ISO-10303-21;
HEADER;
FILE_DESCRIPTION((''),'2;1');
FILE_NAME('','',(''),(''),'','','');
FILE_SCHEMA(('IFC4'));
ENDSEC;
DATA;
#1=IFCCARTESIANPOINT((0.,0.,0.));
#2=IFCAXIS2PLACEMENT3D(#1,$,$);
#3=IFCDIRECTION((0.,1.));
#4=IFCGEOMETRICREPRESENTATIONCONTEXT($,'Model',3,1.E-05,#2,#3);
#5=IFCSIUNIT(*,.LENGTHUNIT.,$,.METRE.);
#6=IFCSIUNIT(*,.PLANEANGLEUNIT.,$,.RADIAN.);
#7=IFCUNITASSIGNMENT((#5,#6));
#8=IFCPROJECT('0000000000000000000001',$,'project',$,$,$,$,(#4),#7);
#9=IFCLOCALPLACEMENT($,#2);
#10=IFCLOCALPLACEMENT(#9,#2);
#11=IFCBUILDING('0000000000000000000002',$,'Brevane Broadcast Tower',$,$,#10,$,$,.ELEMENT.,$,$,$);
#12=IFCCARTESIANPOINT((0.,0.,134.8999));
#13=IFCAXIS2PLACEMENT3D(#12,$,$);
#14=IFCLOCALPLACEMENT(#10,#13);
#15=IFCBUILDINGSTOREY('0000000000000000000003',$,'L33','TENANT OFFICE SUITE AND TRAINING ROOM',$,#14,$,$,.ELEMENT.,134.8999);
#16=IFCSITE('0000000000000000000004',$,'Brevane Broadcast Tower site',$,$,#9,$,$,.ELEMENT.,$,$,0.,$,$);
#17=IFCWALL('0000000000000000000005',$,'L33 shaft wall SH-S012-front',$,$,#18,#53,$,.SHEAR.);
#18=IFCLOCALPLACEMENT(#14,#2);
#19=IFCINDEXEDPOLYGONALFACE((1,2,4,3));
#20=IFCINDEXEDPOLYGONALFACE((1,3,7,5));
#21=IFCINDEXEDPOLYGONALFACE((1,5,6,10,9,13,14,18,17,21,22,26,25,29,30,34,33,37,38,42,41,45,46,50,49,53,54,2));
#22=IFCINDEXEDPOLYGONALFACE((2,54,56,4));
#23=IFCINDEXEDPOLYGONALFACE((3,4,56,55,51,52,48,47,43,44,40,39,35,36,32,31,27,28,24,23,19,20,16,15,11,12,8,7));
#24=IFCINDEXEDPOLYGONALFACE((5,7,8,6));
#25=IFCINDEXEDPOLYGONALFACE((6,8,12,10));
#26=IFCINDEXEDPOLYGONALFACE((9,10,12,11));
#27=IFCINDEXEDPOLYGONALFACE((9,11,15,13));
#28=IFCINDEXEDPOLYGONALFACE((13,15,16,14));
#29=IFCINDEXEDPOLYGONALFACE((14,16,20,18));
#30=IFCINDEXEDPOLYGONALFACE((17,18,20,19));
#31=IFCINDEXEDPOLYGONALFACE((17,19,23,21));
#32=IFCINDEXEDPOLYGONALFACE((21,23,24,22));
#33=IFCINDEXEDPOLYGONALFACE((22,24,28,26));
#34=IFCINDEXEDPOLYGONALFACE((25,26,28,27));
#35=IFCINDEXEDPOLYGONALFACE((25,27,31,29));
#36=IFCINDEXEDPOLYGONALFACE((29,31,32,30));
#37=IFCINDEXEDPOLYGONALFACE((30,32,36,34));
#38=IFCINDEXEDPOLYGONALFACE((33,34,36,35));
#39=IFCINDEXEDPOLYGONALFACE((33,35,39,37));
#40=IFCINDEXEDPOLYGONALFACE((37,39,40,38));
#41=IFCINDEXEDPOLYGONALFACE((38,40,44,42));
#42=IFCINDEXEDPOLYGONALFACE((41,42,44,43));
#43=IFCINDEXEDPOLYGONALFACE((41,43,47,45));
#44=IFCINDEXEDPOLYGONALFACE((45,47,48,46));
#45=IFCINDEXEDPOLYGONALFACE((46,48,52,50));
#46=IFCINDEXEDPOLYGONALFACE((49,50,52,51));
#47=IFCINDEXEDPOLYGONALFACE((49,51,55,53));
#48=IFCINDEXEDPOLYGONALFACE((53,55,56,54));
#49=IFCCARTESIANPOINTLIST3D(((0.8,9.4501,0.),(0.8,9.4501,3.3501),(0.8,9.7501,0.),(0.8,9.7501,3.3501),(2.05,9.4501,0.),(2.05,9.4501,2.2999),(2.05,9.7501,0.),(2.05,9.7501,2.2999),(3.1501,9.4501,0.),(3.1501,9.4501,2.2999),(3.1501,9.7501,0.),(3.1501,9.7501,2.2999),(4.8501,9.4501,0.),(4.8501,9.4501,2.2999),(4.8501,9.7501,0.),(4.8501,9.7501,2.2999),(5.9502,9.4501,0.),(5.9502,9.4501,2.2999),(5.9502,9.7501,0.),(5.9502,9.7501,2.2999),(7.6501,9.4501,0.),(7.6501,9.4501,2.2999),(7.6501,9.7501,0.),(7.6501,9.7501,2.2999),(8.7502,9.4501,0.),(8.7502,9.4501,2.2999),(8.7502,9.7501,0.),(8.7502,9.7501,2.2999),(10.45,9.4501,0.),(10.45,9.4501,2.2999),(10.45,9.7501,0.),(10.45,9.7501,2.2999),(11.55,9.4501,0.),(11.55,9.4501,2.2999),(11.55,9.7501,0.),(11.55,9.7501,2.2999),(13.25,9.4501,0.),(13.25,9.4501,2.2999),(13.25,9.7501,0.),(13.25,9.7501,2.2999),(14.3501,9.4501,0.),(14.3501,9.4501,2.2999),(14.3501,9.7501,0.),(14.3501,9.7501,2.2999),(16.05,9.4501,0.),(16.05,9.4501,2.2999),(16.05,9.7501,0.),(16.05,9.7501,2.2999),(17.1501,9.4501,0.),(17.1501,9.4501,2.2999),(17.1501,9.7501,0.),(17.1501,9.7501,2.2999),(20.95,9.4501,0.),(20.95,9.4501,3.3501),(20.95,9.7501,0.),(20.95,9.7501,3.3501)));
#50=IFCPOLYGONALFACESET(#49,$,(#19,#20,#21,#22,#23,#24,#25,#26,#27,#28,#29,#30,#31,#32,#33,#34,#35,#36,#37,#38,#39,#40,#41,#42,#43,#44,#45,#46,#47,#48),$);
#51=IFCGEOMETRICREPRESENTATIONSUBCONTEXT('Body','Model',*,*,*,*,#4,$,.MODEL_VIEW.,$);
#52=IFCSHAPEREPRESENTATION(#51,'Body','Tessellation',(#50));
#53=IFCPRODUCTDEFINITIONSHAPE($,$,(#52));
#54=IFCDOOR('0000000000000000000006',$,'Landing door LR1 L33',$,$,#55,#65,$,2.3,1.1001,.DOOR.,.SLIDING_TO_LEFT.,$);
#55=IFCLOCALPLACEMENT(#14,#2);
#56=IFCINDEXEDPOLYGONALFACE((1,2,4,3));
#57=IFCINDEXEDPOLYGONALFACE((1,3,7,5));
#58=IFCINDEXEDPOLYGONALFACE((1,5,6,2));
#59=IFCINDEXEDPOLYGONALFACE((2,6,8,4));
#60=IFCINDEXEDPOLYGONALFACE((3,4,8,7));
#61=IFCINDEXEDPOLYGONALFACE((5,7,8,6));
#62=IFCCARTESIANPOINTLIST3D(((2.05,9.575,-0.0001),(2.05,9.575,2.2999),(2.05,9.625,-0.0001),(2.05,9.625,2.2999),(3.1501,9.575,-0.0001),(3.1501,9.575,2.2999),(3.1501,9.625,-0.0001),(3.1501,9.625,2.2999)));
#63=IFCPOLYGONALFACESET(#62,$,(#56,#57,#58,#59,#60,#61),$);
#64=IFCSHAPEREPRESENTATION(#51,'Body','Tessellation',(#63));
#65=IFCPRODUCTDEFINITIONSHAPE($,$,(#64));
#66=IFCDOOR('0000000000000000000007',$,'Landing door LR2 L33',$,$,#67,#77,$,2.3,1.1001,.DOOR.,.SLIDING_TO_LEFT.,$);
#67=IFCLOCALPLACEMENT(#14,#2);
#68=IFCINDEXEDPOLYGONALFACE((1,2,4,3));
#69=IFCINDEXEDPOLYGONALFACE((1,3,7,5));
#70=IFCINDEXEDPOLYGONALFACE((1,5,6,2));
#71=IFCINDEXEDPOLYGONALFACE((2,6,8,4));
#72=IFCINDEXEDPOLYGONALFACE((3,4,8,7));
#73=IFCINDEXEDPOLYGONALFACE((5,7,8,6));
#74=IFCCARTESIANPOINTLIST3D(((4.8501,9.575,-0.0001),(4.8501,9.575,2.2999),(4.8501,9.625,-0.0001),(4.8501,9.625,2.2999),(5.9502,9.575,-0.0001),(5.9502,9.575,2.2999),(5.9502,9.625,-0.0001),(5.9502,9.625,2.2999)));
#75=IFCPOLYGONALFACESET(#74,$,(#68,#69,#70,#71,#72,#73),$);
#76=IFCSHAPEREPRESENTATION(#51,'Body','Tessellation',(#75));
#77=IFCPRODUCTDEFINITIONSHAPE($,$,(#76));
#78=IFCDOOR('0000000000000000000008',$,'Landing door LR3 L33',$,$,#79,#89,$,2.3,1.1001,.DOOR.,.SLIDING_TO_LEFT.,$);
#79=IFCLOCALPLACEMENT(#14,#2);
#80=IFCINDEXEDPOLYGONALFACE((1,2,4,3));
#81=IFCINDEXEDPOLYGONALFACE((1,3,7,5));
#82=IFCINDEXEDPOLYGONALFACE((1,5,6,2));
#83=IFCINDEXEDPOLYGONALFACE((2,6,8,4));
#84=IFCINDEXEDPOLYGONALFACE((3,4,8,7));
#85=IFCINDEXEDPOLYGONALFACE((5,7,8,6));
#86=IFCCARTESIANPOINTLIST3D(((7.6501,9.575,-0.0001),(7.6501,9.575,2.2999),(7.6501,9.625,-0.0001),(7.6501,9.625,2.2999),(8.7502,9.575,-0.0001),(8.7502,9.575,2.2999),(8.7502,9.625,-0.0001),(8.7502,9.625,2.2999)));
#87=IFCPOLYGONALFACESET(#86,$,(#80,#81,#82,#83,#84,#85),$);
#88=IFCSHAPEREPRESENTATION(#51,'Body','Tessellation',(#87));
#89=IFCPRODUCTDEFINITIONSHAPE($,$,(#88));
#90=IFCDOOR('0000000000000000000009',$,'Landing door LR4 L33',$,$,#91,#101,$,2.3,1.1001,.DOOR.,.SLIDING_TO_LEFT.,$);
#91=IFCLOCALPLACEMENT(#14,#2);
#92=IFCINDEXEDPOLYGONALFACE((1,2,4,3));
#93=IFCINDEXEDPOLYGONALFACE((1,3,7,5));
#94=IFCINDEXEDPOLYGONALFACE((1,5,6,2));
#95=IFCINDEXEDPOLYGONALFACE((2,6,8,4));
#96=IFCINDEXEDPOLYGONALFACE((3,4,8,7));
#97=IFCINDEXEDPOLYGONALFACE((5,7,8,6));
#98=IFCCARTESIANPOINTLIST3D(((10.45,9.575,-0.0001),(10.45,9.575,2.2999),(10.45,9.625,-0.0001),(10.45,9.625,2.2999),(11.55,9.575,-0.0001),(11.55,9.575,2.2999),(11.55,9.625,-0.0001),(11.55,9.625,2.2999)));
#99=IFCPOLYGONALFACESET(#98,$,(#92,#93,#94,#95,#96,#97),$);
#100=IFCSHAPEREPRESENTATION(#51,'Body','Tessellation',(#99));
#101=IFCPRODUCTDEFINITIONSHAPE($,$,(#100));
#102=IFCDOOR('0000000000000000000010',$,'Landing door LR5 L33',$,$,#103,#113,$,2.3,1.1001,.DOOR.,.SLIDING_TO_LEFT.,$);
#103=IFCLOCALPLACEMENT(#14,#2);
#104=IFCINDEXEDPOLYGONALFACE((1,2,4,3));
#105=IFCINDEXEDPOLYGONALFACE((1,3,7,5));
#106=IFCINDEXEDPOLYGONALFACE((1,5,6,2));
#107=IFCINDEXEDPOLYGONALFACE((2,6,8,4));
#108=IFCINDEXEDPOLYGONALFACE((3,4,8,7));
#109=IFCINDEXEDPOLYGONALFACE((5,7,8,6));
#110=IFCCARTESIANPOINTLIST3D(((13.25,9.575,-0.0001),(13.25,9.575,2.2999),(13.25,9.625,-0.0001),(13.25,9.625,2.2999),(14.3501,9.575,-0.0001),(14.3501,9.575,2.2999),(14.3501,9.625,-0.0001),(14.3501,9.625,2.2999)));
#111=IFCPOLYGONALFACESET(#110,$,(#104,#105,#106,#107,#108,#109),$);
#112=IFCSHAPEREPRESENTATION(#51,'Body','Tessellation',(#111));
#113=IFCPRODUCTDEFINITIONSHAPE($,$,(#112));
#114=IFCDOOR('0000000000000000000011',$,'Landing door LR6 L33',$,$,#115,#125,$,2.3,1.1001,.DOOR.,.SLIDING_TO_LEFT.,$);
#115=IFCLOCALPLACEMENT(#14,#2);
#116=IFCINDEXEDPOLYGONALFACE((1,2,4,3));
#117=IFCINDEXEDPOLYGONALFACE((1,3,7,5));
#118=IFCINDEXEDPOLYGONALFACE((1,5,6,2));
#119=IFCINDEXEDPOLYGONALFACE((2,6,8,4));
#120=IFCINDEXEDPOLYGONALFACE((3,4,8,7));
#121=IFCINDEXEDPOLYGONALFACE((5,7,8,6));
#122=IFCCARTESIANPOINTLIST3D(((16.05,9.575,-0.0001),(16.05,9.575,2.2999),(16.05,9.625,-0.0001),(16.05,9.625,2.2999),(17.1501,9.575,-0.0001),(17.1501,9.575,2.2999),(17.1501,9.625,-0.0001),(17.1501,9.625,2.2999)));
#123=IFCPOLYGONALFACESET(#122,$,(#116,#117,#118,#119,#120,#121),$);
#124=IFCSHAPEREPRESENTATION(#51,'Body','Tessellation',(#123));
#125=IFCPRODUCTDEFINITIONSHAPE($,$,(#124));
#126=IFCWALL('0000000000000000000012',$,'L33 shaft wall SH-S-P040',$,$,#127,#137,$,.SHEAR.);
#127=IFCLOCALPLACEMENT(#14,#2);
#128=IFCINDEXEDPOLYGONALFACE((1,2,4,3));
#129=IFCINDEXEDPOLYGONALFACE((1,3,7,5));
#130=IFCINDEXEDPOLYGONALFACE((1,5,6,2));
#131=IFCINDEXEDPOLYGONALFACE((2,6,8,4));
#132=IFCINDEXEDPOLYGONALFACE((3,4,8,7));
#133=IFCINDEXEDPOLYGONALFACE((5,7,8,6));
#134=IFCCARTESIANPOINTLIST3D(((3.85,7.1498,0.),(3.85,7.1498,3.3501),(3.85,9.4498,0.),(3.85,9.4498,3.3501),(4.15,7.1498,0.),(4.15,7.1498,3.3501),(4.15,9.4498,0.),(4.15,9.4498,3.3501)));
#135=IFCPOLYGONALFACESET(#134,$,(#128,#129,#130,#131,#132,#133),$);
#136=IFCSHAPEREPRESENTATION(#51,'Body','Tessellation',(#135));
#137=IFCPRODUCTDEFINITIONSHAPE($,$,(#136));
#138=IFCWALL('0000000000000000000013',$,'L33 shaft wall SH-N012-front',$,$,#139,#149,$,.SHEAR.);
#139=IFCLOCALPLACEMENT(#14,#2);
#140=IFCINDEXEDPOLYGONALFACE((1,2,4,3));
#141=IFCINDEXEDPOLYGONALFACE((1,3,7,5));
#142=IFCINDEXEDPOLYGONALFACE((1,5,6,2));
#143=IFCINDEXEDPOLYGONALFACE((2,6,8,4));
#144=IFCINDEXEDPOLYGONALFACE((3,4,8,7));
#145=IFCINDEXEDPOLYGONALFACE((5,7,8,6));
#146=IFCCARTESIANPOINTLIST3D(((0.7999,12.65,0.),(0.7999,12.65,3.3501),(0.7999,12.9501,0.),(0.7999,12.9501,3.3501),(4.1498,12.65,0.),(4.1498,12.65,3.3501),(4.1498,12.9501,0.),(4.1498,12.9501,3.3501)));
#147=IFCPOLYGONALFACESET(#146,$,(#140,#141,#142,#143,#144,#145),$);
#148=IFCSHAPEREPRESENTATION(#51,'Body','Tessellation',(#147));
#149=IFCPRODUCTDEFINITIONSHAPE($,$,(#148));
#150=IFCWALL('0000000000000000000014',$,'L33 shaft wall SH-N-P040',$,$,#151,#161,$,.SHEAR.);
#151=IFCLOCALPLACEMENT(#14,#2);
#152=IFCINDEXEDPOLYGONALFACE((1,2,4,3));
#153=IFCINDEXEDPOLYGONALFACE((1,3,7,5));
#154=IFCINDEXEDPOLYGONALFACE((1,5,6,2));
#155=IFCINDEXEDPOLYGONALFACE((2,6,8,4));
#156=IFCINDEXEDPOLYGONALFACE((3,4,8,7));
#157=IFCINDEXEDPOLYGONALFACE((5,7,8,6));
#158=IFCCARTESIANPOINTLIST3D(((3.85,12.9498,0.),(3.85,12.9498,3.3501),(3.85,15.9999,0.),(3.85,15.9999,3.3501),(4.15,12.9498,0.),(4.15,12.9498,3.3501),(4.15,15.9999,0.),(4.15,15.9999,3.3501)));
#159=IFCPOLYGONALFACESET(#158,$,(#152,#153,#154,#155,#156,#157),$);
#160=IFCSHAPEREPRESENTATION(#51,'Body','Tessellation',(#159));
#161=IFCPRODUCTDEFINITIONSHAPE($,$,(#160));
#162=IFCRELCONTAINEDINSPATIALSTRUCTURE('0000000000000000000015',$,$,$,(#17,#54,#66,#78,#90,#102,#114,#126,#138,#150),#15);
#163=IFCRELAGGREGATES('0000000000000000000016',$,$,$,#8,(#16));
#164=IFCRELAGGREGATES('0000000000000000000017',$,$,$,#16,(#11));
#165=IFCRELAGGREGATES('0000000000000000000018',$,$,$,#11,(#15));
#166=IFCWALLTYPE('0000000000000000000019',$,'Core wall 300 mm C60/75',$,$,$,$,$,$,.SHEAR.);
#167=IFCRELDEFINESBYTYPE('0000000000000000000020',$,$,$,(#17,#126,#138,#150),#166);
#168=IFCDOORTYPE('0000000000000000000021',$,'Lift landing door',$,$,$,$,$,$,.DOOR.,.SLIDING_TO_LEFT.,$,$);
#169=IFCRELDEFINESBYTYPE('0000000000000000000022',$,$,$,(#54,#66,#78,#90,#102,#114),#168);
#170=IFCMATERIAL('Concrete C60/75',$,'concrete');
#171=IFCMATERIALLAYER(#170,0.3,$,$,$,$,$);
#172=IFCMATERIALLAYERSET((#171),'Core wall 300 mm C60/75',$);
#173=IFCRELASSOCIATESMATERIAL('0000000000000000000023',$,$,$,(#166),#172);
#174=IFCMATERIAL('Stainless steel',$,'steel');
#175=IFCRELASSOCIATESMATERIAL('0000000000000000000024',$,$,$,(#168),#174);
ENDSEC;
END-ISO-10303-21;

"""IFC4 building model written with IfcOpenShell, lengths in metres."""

from ifc_helpers import new_model, si_unit, direction, frame, frame_2d, origin, place, context, subcontext, project, spatial, rectangle, extrude, material, layer, layer_set, type_object, element, fill, save


model = new_model("IFC4")

# Units and contexts
model_context = context("Model", 3, precision=1e-05, world=origin(), true_north=direction((0.0, 1.0)))
body_context = subcontext(model_context, "Body", "Model", "MODEL_VIEW")
ifc_project = project(units=[si_unit("LENGTHUNIT", "METRE"), si_unit("PLANEANGLEUNIT", "RADIAN")], contexts=[model_context])

# Site, building, storey
site_placement = place(None, origin())
site = spatial("IfcSite", under=ifc_project, at=site_placement, Name="Brevane Broadcast Tower site", CompositionType="ELEMENT", RefElevation=0.0)
building_placement = place(site_placement, origin())
building = spatial("IfcBuilding", under=site, at=building_placement, Name="Brevane Broadcast Tower", CompositionType="ELEMENT")
storey_placement = place(building_placement, frame((0.0, 0.0, 134.8999)))
storey = spatial("IfcBuildingStorey", under=building, at=storey_placement, Name="L33", Description="TENANT OFFICE SUITE AND TRAINING ROOM", CompositionType="ELEMENT", Elevation=134.8999)

# Shared definitions
ifc_material_1 = material(Name="Concrete C60/75", Category="concrete")
ifc_layer_1 = layer(ifc_material_1, 0.3)
ifc_layer_set_1 = layer_set([ifc_layer_1], Name="Core wall 300 mm C60/75")
wall_type_1 = type_object("IfcWallType", Name="Core wall 300 mm C60/75", PredefinedType="SHEAR", material=ifc_layer_set_1)

# Wall, openings, doors
wall_1_placement = place(storey_placement, frame((0.8, 9.6001, 0.0), z_axis=(0.0, 0.0, 1.0), x_axis=(1.0, 0.0, 0.0)))
wall_1 = element("IfcWall", 1, at=wall_1_placement, inside=storey, type_object=wall_type_1, Name="L33 shaft wall SH-S012-front", PredefinedType="SHEAR", context=body_context, shape_type="SweptSolid", body=[
    extrude(rectangle(XDim=20.1499, YDim=0.3, at=frame_2d((10.075, 0.0))), origin(), (0.0, 0.0, 1.0), 3.3501),
])
opening_1_placement = place(wall_1_placement, frame((1.25, 0.0, 0.0)))
opening_1 = element("IfcOpeningElement", 2, at=opening_1_placement, cuts=wall_1, PredefinedType="OPENING", context=body_context, shape_type="SweptSolid", body=[
    extrude(rectangle(XDim=1.1001, YDim=2.3, at=frame_2d((0.55, 1.1499))), frame((0.0, 0.1599, 0.0), z_axis=(0.0, -1.0, 0.0), x_axis=(1.0, 0.0, 0.0)), (0.0, 0.0, 1.0), 0.3201),
])
opening_2_placement = place(wall_1_placement, frame((4.05, 0.0, 0.0)))
opening_2 = element("IfcOpeningElement", 3, at=opening_2_placement, cuts=wall_1, PredefinedType="OPENING", context=body_context, shape_type="SweptSolid", body=[
    extrude(rectangle(XDim=1.1001, YDim=2.3, at=frame_2d((0.55, 1.1499))), frame((0.0, 0.1599, 0.0), z_axis=(0.0, -1.0, 0.0), x_axis=(1.0, 0.0, 0.0)), (0.0, 0.0, 1.0), 0.3201),
])
opening_3_placement = place(wall_1_placement, frame((6.8501, 0.0, 0.0)))
opening_3 = element("IfcOpeningElement", 4, at=opening_3_placement, cuts=wall_1, PredefinedType="OPENING", context=body_context, shape_type="SweptSolid", body=[
    extrude(rectangle(XDim=1.1001, YDim=2.3, at=frame_2d((0.55, 1.1499))), frame((0.0, 0.1599, 0.0), z_axis=(0.0, -1.0, 0.0), x_axis=(1.0, 0.0, 0.0)), (0.0, 0.0, 1.0), 0.3201),
])
opening_4_placement = place(wall_1_placement, frame((9.6499, 0.0, 0.0)))
opening_4 = element("IfcOpeningElement", 5, at=opening_4_placement, cuts=wall_1, PredefinedType="OPENING", context=body_context, shape_type="SweptSolid", body=[
    extrude(rectangle(XDim=1.1001, YDim=2.3, at=frame_2d((0.55, 1.1499))), frame((0.0, 0.1599, 0.0), z_axis=(0.0, -1.0, 0.0), x_axis=(1.0, 0.0, 0.0)), (0.0, 0.0, 1.0), 0.3201),
])
opening_5_placement = place(wall_1_placement, frame((12.45, 0.0, 0.0)))
opening_5 = element("IfcOpeningElement", 6, at=opening_5_placement, cuts=wall_1, PredefinedType="OPENING", context=body_context, shape_type="SweptSolid", body=[
    extrude(rectangle(XDim=1.1001, YDim=2.3, at=frame_2d((0.55, 1.1499))), frame((0.0, 0.1599, 0.0), z_axis=(0.0, -1.0, 0.0), x_axis=(1.0, 0.0, 0.0)), (0.0, 0.0, 1.0), 0.3201),
])
opening_6_placement = place(wall_1_placement, frame((15.25, 0.0, 0.0)))
opening_6 = element("IfcOpeningElement", 7, at=opening_6_placement, cuts=wall_1, PredefinedType="OPENING", context=body_context, shape_type="SweptSolid", body=[
    extrude(rectangle(XDim=1.1001, YDim=2.3, at=frame_2d((0.55, 1.1499))), frame((0.0, 0.1599, 0.0), z_axis=(0.0, -1.0, 0.0), x_axis=(1.0, 0.0, 0.0)), (0.0, 0.0, 1.0), 0.3201),
])
ifc_material_2 = material(Name="Stainless steel", Category="steel")
door_type_1 = type_object("IfcDoorType", Name="Lift landing door", OperationType="SLIDING_TO_LEFT", PredefinedType="DOOR", material=ifc_material_2)
door_1_placement = place(opening_1_placement, origin())
door_1 = element("IfcDoor", 8, at=door_1_placement, inside=storey, type_object=door_type_1, Name="Landing door LR1 L33", OperationType="SLIDING_TO_LEFT", OverallHeight=2.3, OverallWidth=1.1001, PredefinedType="DOOR", context=body_context, shape_type="SweptSolid", body=[
    extrude(rectangle(XDim=1.1001, YDim=2.3, at=frame_2d((0.55, 1.1499))), frame((0.0, 0.0249, 0.0), z_axis=(0.0, -1.0, 0.0), x_axis=(1.0, 0.0, 0.0)), (0.0, 0.0, 1.0), 0.05),
])
fill(opening_1, door_1)
door_2_placement = place(opening_2_placement, origin())
door_2 = element("IfcDoor", 9, at=door_2_placement, inside=storey, type_object=door_type_1, Name="Landing door LR2 L33", OperationType="SLIDING_TO_LEFT", OverallHeight=2.3, OverallWidth=1.1001, PredefinedType="DOOR", context=body_context, shape_type="SweptSolid", body=[
    extrude(rectangle(XDim=1.1001, YDim=2.3, at=frame_2d((0.55, 1.1499))), frame((0.0, 0.0249, 0.0), z_axis=(0.0, -1.0, 0.0), x_axis=(1.0, 0.0, 0.0)), (0.0, 0.0, 1.0), 0.05),
])
fill(opening_2, door_2)
door_3_placement = place(opening_3_placement, origin())
door_3 = element("IfcDoor", 10, at=door_3_placement, inside=storey, type_object=door_type_1, Name="Landing door LR3 L33", OperationType="SLIDING_TO_LEFT", OverallHeight=2.3, OverallWidth=1.1001, PredefinedType="DOOR", context=body_context, shape_type="SweptSolid", body=[
    extrude(rectangle(XDim=1.1001, YDim=2.3, at=frame_2d((0.55, 1.1499))), frame((0.0, 0.0249, 0.0), z_axis=(0.0, -1.0, 0.0), x_axis=(1.0, 0.0, 0.0)), (0.0, 0.0, 1.0), 0.05),
])
fill(opening_3, door_3)
door_4_placement = place(opening_4_placement, origin())
door_4 = element("IfcDoor", 11, at=door_4_placement, inside=storey, type_object=door_type_1, Name="Landing door LR4 L33", OperationType="SLIDING_TO_LEFT", OverallHeight=2.3, OverallWidth=1.1001, PredefinedType="DOOR", context=body_context, shape_type="SweptSolid", body=[
    extrude(rectangle(XDim=1.1001, YDim=2.3, at=frame_2d((0.55, 1.1499))), frame((0.0, 0.0249, 0.0), z_axis=(0.0, -1.0, 0.0), x_axis=(1.0, 0.0, 0.0)), (0.0, 0.0, 1.0), 0.05),
])
fill(opening_4, door_4)
door_5_placement = place(opening_5_placement, origin())
door_5 = element("IfcDoor", 12, at=door_5_placement, inside=storey, type_object=door_type_1, Name="Landing door LR5 L33", OperationType="SLIDING_TO_LEFT", OverallHeight=2.3, OverallWidth=1.1001, PredefinedType="DOOR", context=body_context, shape_type="SweptSolid", body=[
    extrude(rectangle(XDim=1.1001, YDim=2.3, at=frame_2d((0.55, 1.1499))), frame((0.0, 0.0249, 0.0), z_axis=(0.0, -1.0, 0.0), x_axis=(1.0, 0.0, 0.0)), (0.0, 0.0, 1.0), 0.05),
])
fill(opening_5, door_5)
door_6_placement = place(opening_6_placement, origin())
door_6 = element("IfcDoor", 13, at=door_6_placement, inside=storey, type_object=door_type_1, Name="Landing door LR6 L33", OperationType="SLIDING_TO_LEFT", OverallHeight=2.3, OverallWidth=1.1001, PredefinedType="DOOR", context=body_context, shape_type="SweptSolid", body=[
    extrude(rectangle(XDim=1.1001, YDim=2.3, at=frame_2d((0.55, 1.1499))), frame((0.0, 0.0249, 0.0), z_axis=(0.0, -1.0, 0.0), x_axis=(1.0, 0.0, 0.0)), (0.0, 0.0, 1.0), 0.05),
])
fill(opening_6, door_6)

# Walls
wall_2_placement = place(storey_placement, frame((4.0, 7.1499, 0.0), z_axis=(0.0, 0.0, 1.0), x_axis=(0.0, 1.0, 0.0)))
element("IfcWall", 14, at=wall_2_placement, inside=storey, type_object=wall_type_1, Name="L33 shaft wall SH-S-P040", PredefinedType="SHEAR", context=body_context, shape_type="SweptSolid", body=[
    extrude(rectangle(XDim=2.3, YDim=0.3, at=frame_2d((1.1499, 0.0))), origin(), (0.0, 0.0, 1.0), 3.3501),
])
wall_3_placement = place(storey_placement, frame((0.8, 12.8, 0.0), z_axis=(0.0, 0.0, 1.0), x_axis=(1.0, 0.0, 0.0)))
element("IfcWall", 15, at=wall_3_placement, inside=storey, type_object=wall_type_1, Name="L33 shaft wall SH-N012-front", PredefinedType="SHEAR", context=body_context, shape_type="SweptSolid", body=[
    extrude(rectangle(XDim=3.3499, YDim=0.3, at=frame_2d((1.6748, 0.0))), origin(), (0.0, 0.0, 1.0), 3.3501),
])
wall_4_placement = place(storey_placement, frame((4.0, 12.95, 0.0), z_axis=(0.0, 0.0, 1.0), x_axis=(0.0, 1.0, 0.0)))
element("IfcWall", 16, at=wall_4_placement, inside=storey, type_object=wall_type_1, Name="L33 shaft wall SH-N-P040", PredefinedType="SHEAR", context=body_context, shape_type="SweptSolid", body=[
    extrude(rectangle(XDim=3.05, YDim=0.3, at=frame_2d((1.5249, 0.0))), origin(), (0.0, 0.0, 1.0), 3.3501),
])

save(model, "model.ifc")
